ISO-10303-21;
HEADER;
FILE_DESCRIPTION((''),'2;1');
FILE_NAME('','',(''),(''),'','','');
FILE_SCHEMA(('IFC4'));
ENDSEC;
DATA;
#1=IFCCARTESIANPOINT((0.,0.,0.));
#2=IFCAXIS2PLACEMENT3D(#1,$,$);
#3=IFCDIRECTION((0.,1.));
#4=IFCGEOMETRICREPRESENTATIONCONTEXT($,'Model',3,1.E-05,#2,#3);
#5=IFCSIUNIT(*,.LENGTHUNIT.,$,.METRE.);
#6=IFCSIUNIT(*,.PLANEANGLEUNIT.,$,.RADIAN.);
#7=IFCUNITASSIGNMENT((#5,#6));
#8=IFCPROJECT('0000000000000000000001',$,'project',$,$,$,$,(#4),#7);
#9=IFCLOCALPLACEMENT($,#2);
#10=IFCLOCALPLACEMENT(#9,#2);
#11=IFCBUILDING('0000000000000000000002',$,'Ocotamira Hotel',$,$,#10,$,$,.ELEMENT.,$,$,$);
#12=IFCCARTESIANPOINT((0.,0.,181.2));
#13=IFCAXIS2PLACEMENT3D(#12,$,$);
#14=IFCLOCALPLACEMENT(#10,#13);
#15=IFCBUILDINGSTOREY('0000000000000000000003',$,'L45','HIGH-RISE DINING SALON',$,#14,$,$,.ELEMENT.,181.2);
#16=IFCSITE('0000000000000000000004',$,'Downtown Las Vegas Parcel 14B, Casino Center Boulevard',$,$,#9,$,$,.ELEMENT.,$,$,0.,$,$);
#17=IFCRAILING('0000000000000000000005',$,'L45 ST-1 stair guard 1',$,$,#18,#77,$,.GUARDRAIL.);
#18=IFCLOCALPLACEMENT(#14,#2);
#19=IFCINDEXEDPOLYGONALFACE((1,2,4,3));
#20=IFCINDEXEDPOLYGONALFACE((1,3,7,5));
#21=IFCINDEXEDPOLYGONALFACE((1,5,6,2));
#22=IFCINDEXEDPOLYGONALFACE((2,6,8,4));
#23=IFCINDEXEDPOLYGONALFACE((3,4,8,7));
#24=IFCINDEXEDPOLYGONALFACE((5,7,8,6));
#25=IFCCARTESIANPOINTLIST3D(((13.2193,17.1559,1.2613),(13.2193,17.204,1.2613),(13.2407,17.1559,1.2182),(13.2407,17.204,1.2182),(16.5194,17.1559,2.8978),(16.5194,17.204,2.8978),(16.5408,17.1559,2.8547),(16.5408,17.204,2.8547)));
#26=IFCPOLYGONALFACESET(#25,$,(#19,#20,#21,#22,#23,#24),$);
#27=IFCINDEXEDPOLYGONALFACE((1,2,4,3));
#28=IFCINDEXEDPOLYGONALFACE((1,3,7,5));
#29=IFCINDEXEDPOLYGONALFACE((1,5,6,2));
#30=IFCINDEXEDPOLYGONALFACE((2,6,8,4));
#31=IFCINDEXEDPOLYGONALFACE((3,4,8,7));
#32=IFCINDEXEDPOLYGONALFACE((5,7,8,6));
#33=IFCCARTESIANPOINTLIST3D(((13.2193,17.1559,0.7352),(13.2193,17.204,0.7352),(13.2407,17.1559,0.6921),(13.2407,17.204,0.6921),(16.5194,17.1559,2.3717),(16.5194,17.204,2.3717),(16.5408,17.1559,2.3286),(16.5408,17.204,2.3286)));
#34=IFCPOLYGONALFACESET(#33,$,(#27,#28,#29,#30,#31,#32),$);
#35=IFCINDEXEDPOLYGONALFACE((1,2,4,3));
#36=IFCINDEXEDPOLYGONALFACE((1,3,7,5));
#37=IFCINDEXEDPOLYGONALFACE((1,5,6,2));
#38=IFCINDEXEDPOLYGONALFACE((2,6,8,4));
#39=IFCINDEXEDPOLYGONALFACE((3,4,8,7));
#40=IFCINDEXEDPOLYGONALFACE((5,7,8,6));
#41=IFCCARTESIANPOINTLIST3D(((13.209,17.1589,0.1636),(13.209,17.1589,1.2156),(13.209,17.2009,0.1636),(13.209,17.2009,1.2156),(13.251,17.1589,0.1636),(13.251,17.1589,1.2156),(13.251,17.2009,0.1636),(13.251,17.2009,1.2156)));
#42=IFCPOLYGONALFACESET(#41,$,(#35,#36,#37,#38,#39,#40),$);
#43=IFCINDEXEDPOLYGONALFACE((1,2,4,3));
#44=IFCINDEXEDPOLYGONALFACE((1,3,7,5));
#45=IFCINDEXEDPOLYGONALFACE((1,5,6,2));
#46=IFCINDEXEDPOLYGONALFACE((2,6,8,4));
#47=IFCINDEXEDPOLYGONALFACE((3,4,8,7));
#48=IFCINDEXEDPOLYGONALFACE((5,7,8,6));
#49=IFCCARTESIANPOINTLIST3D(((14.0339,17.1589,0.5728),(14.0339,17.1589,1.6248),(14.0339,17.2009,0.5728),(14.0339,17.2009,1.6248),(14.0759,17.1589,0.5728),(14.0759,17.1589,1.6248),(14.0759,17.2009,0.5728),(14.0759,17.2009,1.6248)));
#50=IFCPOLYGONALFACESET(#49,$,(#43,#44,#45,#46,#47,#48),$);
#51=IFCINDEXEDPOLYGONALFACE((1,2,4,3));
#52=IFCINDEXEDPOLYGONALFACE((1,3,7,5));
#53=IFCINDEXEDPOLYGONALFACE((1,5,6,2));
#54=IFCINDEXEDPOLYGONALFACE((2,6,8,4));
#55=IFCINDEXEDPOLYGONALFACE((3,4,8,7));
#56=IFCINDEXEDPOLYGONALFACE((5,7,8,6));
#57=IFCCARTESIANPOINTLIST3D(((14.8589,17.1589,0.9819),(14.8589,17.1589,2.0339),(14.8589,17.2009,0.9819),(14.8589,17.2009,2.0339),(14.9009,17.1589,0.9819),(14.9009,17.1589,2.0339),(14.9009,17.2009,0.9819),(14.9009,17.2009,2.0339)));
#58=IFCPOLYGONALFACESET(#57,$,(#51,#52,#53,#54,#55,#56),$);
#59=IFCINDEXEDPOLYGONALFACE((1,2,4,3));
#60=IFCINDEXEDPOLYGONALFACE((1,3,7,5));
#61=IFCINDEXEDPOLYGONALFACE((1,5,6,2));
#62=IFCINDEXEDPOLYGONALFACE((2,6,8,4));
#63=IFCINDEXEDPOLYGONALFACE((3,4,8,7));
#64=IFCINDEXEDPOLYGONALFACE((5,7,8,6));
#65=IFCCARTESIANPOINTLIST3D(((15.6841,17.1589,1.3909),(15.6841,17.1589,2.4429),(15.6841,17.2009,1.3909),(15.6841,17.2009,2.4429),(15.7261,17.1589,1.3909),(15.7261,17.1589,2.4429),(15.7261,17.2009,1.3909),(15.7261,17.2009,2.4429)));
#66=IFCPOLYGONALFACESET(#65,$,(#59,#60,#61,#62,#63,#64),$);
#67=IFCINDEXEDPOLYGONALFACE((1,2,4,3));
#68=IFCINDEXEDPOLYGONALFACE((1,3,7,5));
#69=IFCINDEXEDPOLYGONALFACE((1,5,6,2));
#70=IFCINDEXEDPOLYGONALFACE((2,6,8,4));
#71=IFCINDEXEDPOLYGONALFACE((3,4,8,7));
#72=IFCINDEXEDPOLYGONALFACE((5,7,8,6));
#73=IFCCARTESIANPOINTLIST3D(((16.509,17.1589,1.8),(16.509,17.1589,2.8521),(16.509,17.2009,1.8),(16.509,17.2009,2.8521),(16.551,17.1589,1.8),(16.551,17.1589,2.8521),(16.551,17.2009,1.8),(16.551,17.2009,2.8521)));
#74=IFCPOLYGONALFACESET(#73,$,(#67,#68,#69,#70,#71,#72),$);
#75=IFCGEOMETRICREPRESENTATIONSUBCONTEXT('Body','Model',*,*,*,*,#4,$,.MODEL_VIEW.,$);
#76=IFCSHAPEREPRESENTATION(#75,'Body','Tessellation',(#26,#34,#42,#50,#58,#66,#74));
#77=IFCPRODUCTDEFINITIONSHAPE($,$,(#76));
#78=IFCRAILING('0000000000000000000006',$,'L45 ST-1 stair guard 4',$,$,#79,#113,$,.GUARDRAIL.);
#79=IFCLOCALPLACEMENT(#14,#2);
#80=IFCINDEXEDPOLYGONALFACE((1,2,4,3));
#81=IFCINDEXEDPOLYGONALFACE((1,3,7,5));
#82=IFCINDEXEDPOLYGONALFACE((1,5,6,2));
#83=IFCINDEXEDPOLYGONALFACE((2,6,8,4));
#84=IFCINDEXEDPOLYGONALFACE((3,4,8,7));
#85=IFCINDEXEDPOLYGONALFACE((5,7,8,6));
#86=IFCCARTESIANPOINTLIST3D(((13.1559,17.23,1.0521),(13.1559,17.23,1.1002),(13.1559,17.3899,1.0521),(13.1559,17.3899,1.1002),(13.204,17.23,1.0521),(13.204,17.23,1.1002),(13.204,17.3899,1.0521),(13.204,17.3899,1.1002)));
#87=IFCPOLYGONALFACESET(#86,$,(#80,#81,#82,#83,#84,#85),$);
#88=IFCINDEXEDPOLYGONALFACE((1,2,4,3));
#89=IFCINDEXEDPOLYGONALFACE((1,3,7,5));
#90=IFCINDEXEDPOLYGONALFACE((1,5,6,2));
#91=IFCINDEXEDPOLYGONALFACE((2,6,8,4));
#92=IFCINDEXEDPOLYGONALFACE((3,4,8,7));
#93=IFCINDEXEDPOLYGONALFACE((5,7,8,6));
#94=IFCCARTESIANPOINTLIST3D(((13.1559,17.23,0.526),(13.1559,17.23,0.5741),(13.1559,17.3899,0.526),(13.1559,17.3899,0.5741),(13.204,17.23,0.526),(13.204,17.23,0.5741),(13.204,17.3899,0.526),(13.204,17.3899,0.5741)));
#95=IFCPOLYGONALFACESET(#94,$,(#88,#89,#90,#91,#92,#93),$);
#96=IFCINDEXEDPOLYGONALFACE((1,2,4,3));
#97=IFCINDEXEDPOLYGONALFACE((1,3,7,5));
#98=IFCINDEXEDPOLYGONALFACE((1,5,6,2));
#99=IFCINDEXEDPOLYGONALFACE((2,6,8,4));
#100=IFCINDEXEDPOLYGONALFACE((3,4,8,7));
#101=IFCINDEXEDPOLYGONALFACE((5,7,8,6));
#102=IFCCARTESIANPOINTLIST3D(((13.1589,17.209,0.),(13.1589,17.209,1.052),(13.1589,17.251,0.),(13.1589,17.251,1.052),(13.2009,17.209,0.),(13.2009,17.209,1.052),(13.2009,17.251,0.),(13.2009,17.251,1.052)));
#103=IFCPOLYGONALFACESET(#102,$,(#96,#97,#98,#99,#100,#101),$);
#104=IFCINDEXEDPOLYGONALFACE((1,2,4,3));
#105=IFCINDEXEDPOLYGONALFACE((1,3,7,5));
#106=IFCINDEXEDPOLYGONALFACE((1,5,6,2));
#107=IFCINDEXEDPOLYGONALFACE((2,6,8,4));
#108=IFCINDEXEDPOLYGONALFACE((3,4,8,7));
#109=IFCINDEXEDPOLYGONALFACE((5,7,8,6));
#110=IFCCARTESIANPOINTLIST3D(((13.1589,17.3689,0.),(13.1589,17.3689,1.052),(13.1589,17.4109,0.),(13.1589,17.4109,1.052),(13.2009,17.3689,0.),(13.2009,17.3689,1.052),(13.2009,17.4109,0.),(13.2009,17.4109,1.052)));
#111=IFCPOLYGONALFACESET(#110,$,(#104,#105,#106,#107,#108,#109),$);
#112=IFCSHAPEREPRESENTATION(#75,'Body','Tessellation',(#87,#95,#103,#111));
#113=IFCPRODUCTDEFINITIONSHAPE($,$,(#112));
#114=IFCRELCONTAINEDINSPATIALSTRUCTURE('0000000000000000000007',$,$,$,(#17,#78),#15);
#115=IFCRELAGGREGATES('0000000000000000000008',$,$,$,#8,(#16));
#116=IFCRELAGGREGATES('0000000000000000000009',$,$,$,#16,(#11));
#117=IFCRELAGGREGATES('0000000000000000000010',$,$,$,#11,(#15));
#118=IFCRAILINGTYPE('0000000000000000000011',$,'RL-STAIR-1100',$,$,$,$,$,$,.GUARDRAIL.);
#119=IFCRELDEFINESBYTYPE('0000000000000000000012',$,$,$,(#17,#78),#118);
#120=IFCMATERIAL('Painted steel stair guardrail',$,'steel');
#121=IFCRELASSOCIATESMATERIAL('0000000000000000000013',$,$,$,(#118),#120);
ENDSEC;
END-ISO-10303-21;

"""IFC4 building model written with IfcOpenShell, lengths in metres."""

from ifc_helpers import new_model, si_unit, direction, frame, origin, origin_2d, place, context, subcontext, project, spatial, rectangle, extrude, material, type_object, element, save


model = new_model("IFC4")

# Units and contexts
model_context = context("Model", 3, precision=1e-05, world=origin(), true_north=direction((0.0, 1.0)))
body_context = subcontext(model_context, "Body", "Model", "MODEL_VIEW")
ifc_project = project(units=[si_unit("LENGTHUNIT", "METRE"), si_unit("PLANEANGLEUNIT", "RADIAN")], contexts=[model_context])

# Site, building, storey
site_placement = place(None, origin())
site = spatial("IfcSite", under=ifc_project, at=site_placement, Name="Downtown Las Vegas Parcel 14B, Casino Center Boulevard", CompositionType="ELEMENT", RefElevation=0.0)
building_placement = place(site_placement, origin())
building = spatial("IfcBuilding", under=site, at=building_placement, Name="Ocotamira Hotel", CompositionType="ELEMENT")
storey_placement = place(building_placement, frame((0.0, 0.0, 181.2)))
storey = spatial("IfcBuildingStorey", under=building, at=storey_placement, Name="L45", Description="HIGH-RISE DINING SALON", CompositionType="ELEMENT", Elevation=181.2)

# Railings
ifc_material_1 = material(Name="Painted steel stair guardrail", Category="steel")
railing_type_1 = type_object("IfcRailingType", Name="RL-STAIR-1100", PredefinedType="GUARDRAIL", material=ifc_material_1)
railing_1_placement = place(storey_placement, frame((13.23, 17.1799, 0.1636)))
element("IfcRailing", 1, at=railing_1_placement, inside=storey, type_object=railing_type_1, Name="L45 ST-1 stair guard 1", PredefinedType="GUARDRAIL", context=body_context, shape_type="SweptSolid", body=[
    extrude(rectangle(XDim=0.0481, YDim=0.0481, at=origin_2d()), frame((0.0, 0.0, 1.0762), z_axis=(0.895894, 0.0, 0.444268), x_axis=(0.0, 1.0, 0.0)), (0.0, 0.0, 1.0), 3.6836),
    extrude(rectangle(XDim=0.0481, YDim=0.0481, at=origin_2d()), frame((0.0, 0.0, 0.55), z_axis=(0.895894, 0.0, 0.444268), x_axis=(0.0, 1.0, 0.0)), (0.0, 0.0, 1.0), 3.6836),
    extrude(rectangle(XDim=0.042, YDim=0.042, at=origin_2d()), origin(), (0.0, 0.0, 1.0), 1.052),
    extrude(rectangle(XDim=0.042, YDim=0.042, at=origin_2d()), frame((0.825, 0.0, 0.4092)), (0.0, 0.0, 1.0), 1.052),
    extrude(rectangle(XDim=0.042, YDim=0.042, at=origin_2d()), frame((1.6499, 0.0, 0.8184)), (0.0, 0.0, 1.0), 1.052),
    extrude(rectangle(XDim=0.042, YDim=0.042, at=origin_2d()), frame((2.4751, 0.0, 1.2273)), (0.0, 0.0, 1.0), 1.052),
    extrude(rectangle(XDim=0.042, YDim=0.042, at=origin_2d()), frame((3.3, 0.0, 1.6365)), (0.0, 0.0, 1.0), 1.052),
])
railing_2_placement = place(storey_placement, frame((13.1799, 17.23, 0.0)))
element("IfcRailing", 2, at=railing_2_placement, inside=storey, type_object=railing_type_1, Name="L45 ST-1 stair guard 4", PredefinedType="GUARDRAIL", context=body_context, shape_type="SweptSolid", body=[
    extrude(rectangle(XDim=0.0481, YDim=0.0481, at=origin_2d()), frame((0.0, 0.0, 1.0762), z_axis=(0.0, 1.0, 0.0), x_axis=(-1.0, 0.0, 0.0)), (0.0, 0.0, 1.0), 0.1599),
    extrude(rectangle(XDim=0.0481, YDim=0.0481, at=origin_2d()), frame((0.0, 0.0, 0.55), z_axis=(0.0, 1.0, 0.0), x_axis=(-1.0, 0.0, 0.0)), (0.0, 0.0, 1.0), 0.1599),
    extrude(rectangle(XDim=0.042, YDim=0.042, at=origin_2d()), origin(), (0.0, 0.0, 1.0), 1.052),
    extrude(rectangle(XDim=0.042, YDim=0.042, at=origin_2d()), frame((0.0, 0.1599, 0.0)), (0.0, 0.0, 1.0), 1.052),
])

save(model, "model.ifc")
